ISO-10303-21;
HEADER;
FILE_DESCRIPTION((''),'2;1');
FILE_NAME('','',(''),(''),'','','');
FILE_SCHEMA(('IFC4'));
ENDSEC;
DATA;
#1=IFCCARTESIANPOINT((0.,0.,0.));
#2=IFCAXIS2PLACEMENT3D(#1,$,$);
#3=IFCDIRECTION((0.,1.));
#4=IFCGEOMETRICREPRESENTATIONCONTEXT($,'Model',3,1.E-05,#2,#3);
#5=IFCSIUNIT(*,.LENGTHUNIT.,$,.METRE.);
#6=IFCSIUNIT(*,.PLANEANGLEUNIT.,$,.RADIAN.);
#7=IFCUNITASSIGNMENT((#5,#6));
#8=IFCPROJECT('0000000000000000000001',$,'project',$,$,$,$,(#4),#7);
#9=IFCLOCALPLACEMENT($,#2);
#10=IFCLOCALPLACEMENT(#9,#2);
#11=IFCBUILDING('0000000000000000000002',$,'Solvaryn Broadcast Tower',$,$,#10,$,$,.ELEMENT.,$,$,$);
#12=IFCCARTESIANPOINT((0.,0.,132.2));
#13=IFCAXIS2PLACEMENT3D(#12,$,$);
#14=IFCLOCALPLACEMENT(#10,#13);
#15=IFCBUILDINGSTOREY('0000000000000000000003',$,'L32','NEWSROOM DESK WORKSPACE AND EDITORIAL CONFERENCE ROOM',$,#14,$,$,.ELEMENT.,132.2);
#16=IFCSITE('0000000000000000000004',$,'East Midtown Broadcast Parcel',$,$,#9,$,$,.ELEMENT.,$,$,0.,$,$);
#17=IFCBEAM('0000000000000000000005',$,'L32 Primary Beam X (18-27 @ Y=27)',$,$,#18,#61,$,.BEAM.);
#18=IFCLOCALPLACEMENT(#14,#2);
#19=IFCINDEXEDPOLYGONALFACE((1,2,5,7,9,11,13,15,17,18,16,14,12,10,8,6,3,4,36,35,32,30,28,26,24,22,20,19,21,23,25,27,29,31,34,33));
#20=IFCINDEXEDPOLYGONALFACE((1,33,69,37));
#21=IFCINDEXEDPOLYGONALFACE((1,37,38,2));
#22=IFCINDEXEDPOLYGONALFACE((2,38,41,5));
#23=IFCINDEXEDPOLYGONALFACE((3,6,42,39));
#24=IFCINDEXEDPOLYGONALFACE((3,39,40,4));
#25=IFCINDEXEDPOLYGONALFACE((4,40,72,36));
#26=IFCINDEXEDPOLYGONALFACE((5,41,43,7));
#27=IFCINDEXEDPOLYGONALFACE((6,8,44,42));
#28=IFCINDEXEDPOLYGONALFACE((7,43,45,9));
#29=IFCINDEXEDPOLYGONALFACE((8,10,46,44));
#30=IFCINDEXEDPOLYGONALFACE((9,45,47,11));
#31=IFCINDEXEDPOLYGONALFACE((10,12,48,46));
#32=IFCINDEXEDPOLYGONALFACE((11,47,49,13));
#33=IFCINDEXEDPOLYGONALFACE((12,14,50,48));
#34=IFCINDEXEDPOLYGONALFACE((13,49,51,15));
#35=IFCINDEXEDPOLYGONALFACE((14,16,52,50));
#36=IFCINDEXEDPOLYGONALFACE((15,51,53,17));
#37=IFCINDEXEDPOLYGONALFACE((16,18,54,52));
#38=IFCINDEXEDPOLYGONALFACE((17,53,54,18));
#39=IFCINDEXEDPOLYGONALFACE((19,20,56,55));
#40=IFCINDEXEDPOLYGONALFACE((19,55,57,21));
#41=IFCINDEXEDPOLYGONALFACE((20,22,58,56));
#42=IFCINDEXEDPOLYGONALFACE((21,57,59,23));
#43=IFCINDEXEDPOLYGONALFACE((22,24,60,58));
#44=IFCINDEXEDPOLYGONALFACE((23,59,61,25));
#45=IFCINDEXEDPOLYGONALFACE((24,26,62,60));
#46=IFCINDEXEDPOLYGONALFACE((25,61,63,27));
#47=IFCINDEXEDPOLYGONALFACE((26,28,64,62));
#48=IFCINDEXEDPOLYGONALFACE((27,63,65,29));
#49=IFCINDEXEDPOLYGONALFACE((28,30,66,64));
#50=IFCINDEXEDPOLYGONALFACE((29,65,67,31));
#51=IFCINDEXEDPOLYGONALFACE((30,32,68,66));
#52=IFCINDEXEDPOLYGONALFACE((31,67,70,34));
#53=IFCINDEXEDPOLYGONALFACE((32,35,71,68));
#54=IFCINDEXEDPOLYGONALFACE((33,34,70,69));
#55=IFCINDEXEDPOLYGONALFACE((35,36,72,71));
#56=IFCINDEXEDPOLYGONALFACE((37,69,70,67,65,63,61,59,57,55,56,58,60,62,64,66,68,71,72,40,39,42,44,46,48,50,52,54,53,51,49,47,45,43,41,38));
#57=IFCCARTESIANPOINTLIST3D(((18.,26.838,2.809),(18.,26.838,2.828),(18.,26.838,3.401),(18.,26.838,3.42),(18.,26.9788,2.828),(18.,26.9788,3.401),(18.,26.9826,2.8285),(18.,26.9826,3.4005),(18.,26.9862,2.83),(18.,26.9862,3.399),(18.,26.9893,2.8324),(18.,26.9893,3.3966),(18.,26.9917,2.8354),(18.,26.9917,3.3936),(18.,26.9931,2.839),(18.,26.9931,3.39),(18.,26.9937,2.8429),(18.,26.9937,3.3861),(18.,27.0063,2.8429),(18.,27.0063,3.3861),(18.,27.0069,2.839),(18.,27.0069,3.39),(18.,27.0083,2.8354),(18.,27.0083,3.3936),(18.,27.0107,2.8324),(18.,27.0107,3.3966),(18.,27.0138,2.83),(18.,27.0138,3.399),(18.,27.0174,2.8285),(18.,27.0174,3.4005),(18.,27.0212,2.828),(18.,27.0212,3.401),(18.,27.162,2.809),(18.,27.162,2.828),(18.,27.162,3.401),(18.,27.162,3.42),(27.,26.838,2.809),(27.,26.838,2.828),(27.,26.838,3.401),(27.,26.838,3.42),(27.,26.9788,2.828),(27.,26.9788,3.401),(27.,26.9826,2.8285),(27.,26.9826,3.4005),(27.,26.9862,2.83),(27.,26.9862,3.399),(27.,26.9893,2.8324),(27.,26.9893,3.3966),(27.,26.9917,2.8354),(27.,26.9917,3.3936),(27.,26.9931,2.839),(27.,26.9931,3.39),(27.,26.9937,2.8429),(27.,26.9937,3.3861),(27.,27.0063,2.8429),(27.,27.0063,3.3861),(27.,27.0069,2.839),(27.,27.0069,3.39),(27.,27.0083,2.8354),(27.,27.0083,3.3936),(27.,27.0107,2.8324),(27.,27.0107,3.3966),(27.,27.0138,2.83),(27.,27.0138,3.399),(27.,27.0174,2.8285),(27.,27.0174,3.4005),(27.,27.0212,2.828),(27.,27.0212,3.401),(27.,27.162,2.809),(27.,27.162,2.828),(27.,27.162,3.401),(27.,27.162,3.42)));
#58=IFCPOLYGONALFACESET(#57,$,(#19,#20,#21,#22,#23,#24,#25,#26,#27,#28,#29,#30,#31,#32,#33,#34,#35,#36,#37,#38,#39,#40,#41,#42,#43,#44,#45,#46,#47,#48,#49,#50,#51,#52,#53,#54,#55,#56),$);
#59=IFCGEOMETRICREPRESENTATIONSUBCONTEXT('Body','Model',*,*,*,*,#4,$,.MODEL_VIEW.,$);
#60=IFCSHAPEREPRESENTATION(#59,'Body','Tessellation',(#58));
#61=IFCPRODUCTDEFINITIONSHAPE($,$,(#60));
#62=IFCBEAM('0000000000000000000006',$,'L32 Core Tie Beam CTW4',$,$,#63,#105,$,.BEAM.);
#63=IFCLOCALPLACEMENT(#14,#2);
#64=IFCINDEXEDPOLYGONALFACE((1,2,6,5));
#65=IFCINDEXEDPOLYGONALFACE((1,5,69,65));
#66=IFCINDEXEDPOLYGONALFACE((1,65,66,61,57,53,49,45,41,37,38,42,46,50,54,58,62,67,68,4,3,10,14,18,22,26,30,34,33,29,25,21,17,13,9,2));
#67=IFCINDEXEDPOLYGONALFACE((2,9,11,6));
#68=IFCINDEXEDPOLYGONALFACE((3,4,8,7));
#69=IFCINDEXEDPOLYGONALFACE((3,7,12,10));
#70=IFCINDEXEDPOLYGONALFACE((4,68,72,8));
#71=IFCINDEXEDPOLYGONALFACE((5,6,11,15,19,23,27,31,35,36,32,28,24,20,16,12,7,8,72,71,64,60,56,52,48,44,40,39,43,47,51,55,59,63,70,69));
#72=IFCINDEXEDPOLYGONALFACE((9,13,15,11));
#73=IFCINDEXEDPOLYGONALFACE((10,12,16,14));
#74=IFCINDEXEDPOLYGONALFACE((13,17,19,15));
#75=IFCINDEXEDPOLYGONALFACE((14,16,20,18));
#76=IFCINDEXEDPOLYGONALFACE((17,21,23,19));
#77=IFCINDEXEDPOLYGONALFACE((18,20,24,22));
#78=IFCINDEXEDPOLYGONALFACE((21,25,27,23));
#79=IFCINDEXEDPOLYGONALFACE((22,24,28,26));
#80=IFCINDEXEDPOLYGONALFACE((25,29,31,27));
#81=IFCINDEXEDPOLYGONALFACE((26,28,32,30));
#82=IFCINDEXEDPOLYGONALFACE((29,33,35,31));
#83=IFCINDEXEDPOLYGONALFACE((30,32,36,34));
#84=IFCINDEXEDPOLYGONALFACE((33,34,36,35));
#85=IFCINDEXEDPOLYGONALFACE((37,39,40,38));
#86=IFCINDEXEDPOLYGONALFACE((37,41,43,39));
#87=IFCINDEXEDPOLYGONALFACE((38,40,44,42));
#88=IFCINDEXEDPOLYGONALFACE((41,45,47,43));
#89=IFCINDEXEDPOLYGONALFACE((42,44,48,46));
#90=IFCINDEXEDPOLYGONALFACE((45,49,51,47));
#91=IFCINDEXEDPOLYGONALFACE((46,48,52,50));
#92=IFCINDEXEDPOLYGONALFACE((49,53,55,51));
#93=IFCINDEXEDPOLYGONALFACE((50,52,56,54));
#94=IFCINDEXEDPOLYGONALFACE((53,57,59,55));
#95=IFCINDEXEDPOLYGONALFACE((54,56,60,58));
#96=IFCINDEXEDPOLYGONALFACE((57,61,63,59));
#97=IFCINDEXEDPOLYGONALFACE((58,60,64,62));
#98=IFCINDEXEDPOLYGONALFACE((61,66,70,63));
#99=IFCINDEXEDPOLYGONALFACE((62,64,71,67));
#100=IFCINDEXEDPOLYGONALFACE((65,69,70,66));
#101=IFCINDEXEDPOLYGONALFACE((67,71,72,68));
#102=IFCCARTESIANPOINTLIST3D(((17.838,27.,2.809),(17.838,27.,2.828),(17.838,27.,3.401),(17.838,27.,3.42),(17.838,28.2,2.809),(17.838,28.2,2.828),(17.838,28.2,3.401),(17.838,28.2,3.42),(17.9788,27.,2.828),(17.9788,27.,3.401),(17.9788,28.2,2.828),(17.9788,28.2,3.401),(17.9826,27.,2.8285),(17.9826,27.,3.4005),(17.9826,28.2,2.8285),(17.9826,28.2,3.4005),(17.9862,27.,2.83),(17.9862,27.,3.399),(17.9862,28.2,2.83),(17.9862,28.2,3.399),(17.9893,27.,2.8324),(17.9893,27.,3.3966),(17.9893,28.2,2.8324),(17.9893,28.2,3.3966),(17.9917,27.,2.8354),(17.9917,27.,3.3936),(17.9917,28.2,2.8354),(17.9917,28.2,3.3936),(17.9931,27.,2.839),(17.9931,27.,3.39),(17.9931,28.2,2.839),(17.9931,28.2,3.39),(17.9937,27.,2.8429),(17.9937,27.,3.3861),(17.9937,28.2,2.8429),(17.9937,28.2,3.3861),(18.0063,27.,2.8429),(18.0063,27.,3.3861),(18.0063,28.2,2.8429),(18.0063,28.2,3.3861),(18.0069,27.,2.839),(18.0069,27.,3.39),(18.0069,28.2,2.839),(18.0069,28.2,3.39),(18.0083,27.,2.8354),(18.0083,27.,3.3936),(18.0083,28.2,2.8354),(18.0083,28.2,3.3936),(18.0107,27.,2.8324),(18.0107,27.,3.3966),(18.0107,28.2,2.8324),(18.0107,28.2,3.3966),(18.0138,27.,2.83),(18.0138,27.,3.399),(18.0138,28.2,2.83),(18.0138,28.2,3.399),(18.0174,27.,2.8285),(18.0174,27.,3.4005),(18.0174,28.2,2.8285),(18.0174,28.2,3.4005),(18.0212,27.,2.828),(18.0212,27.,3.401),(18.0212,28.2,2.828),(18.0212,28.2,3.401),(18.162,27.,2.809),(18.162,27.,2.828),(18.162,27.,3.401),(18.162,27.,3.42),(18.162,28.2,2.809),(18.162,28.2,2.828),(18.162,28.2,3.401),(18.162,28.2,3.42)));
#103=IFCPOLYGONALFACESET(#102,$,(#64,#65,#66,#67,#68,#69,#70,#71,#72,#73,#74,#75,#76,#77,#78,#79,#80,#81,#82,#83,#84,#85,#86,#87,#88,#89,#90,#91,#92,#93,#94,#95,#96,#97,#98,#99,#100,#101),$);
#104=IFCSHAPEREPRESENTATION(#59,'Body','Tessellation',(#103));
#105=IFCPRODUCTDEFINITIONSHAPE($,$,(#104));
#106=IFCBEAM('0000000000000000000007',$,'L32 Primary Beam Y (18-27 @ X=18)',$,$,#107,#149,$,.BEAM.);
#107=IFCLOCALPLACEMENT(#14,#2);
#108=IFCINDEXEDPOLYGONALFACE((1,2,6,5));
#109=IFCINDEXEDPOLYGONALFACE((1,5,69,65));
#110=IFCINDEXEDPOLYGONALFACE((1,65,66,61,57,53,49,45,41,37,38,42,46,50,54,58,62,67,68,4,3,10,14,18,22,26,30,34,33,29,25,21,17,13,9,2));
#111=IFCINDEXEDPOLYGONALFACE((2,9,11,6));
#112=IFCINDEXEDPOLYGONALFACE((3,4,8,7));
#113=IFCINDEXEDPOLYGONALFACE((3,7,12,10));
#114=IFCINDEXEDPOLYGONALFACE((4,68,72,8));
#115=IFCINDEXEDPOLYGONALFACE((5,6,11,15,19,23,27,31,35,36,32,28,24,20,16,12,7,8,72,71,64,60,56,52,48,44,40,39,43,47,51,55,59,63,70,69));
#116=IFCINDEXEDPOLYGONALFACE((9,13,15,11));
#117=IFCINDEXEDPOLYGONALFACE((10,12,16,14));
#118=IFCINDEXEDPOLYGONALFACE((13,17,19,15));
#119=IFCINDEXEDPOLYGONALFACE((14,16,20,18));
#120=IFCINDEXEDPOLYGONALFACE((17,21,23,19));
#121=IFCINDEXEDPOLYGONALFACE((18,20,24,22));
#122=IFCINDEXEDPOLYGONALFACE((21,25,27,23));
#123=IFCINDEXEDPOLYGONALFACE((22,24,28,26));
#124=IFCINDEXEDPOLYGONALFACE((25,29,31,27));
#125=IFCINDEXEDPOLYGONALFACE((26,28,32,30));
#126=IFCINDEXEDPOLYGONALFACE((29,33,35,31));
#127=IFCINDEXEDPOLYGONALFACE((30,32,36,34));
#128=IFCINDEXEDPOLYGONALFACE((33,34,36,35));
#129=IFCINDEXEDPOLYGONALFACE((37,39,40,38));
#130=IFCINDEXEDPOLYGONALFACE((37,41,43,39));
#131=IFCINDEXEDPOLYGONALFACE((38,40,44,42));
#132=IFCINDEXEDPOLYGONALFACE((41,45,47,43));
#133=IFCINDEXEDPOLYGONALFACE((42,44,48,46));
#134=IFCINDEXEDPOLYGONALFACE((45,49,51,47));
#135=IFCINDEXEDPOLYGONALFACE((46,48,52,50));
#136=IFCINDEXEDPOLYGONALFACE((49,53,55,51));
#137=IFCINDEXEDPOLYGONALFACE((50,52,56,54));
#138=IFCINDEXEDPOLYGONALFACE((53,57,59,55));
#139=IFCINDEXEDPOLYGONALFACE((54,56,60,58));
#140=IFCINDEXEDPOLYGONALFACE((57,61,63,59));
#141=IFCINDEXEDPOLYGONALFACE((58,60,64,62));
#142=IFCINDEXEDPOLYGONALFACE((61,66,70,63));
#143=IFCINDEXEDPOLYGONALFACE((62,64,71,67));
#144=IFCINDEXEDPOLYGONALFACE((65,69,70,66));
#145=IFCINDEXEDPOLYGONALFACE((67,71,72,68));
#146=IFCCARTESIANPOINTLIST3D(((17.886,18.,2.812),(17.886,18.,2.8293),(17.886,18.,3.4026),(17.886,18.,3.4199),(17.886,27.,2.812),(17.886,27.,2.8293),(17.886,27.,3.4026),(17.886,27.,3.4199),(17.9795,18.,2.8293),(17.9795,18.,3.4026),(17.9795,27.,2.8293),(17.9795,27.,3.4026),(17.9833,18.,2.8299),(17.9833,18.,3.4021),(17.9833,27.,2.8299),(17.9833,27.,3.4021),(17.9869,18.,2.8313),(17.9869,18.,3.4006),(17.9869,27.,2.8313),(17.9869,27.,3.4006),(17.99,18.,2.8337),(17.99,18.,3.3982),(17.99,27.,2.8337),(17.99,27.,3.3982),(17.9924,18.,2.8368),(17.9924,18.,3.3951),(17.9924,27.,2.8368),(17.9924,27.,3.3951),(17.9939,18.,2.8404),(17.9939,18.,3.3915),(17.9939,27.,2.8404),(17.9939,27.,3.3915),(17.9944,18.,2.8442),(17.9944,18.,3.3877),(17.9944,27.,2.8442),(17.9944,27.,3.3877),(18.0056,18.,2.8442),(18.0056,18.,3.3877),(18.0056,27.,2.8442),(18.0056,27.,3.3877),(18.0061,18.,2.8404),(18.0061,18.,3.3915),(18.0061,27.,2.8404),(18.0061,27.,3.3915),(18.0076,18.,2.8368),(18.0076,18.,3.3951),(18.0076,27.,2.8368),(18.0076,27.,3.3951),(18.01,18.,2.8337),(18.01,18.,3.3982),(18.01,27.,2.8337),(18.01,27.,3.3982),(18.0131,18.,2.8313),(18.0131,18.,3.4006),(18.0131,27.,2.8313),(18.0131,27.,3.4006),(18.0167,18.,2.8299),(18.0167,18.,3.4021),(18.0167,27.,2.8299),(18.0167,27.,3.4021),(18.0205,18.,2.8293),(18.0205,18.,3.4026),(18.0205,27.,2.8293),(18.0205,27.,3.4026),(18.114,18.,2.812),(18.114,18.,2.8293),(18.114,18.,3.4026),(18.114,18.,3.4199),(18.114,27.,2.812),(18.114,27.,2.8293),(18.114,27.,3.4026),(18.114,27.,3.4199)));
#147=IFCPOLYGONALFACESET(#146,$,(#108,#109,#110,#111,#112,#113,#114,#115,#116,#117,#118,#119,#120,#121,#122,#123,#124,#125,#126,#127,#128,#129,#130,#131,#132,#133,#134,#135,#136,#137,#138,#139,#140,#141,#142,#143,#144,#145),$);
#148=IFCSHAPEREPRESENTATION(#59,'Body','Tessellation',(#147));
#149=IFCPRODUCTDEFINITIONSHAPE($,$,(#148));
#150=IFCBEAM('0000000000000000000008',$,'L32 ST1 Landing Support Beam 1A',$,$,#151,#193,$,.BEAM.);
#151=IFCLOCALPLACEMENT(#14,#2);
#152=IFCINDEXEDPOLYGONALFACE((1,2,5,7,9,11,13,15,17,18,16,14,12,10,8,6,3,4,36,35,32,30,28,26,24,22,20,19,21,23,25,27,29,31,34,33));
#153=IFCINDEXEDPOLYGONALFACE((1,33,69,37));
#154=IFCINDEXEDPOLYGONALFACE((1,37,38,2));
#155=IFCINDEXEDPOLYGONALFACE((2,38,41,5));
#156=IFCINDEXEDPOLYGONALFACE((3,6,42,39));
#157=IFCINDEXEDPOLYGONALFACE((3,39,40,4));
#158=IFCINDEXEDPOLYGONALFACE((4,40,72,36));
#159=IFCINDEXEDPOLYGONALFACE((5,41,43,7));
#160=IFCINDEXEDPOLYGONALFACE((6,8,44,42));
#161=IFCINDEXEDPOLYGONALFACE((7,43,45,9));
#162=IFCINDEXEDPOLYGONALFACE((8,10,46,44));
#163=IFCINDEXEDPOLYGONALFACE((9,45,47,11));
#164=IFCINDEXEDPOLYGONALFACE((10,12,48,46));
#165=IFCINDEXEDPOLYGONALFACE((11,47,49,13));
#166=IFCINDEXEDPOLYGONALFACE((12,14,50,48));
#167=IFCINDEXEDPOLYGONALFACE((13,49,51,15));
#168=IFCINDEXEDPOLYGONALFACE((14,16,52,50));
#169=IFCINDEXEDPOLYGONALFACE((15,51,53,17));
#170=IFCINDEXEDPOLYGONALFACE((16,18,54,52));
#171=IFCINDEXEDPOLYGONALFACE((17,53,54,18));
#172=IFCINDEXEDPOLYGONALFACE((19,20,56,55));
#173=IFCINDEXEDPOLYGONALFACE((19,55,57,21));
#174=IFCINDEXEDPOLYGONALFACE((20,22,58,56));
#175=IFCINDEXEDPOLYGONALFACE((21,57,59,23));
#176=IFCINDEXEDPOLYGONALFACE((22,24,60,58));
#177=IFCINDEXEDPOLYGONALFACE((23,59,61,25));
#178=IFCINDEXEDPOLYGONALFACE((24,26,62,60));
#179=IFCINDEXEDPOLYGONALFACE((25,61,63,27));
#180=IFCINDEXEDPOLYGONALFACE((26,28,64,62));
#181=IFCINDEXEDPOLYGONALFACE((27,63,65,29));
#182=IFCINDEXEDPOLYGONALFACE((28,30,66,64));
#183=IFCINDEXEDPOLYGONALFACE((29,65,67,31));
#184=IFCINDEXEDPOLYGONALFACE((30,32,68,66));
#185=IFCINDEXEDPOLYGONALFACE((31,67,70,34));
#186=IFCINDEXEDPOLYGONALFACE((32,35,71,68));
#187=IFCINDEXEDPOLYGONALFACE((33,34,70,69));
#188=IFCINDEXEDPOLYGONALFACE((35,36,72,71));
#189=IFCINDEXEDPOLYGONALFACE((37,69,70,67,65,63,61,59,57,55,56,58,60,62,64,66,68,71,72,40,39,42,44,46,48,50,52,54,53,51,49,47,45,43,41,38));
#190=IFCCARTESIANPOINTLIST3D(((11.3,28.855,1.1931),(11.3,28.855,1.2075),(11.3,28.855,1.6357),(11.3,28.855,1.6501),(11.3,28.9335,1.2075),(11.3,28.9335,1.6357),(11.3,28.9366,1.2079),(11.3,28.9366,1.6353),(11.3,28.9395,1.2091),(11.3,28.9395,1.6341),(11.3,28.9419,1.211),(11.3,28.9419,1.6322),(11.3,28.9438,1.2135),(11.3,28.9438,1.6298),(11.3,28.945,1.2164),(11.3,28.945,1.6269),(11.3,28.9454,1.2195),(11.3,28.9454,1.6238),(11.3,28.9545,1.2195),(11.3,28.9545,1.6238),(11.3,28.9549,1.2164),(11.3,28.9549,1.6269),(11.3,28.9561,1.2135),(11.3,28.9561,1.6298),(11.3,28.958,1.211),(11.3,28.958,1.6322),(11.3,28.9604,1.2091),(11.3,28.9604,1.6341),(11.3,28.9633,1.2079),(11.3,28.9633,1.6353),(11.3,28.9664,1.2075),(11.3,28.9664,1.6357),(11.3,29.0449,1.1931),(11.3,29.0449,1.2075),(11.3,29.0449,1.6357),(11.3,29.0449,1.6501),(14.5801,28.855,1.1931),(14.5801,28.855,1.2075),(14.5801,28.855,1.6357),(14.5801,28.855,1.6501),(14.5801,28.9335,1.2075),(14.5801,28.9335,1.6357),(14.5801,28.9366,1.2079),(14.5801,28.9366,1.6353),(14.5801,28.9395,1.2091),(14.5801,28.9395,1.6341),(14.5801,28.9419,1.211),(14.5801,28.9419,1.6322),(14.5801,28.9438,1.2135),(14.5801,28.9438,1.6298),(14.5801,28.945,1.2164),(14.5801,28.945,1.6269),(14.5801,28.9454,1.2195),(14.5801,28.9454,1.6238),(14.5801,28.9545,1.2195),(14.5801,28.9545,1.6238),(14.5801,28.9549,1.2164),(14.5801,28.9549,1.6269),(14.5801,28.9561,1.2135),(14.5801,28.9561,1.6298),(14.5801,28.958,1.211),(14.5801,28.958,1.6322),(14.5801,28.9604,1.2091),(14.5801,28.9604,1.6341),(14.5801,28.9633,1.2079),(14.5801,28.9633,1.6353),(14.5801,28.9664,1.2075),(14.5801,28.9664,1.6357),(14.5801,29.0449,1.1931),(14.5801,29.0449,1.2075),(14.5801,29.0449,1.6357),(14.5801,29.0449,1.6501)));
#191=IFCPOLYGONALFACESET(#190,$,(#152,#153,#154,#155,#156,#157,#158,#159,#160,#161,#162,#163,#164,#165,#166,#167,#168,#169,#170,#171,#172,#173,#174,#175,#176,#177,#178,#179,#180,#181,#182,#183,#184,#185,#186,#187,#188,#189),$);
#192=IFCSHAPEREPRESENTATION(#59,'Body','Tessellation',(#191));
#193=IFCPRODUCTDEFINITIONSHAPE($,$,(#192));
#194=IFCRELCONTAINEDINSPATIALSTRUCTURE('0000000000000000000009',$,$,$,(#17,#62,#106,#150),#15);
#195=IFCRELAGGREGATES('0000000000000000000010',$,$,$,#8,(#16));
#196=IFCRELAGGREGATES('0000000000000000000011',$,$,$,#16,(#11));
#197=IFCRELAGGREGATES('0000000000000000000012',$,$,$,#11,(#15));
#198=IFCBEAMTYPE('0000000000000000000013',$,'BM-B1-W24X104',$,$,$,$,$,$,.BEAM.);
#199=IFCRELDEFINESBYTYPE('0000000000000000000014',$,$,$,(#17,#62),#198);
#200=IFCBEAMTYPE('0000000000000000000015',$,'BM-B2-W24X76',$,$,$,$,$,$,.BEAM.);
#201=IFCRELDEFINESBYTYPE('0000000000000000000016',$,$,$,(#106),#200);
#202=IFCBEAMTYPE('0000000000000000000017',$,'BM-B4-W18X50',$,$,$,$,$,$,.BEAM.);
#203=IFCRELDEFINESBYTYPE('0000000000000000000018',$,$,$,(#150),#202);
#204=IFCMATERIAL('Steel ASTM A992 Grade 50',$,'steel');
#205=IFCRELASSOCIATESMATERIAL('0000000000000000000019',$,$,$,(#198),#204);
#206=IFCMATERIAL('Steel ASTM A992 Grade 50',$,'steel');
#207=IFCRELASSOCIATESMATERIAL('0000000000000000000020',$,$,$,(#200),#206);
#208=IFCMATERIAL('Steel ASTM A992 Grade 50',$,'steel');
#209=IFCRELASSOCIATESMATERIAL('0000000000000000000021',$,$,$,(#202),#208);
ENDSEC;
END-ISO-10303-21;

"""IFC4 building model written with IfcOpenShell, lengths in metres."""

from ifc_helpers import new_model, si_unit, direction, frame, origin, origin_2d, place, context, subcontext, project, spatial, i_section, extrude, material, material_profile, profile_set, type_object, element, save


model = new_model("IFC4")

# Units and contexts
model_context = context("Model", 3, precision=1e-05, world=origin(), true_north=direction((0.0, 1.0)))
body_context = subcontext(model_context, "Body", "Model", "MODEL_VIEW")
ifc_project = project(units=[si_unit("LENGTHUNIT", "METRE"), si_unit("PLANEANGLEUNIT", "RADIAN")], contexts=[model_context])

# Site, building, storey
site_placement = place(None, origin())
site = spatial("IfcSite", under=ifc_project, at=site_placement, Name="East Midtown Broadcast Parcel", CompositionType="ELEMENT", RefElevation=0.0)
building_placement = place(site_placement, origin())
building = spatial("IfcBuilding", under=site, at=building_placement, Name="Solvaryn Broadcast Tower", CompositionType="ELEMENT")
storey_placement = place(building_placement, frame((0.0, 0.0, 132.2)))
storey = spatial("IfcBuildingStorey", under=building, at=storey_placement, Name="L32", Description="NEWSROOM DESK WORKSPACE AND EDITORIAL CONFERENCE ROOM", CompositionType="ELEMENT", Elevation=132.2)

# Beams
ifc_material_1 = material(Name="Steel ASTM A992 Grade 50", Category="steel")
ifc_material_profile_1 = material_profile(ifc_material_1, i_section(OverallWidth=0.324, OverallDepth=0.6111, WebThickness=0.0127, FlangeThickness=0.019, FilletRadius=0.0149, at=origin_2d()))
ifc_profile_set_1 = profile_set([ifc_material_profile_1], Name="Steel ASTM A992 Grade 50")
beam_type_1 = type_object("IfcBeamType", Name="BM-B1-W24X104", PredefinedType="BEAM", material=ifc_profile_set_1)
for number, where, z_axis, x_axis, name in (
    (1, (18.0, 27.0, 3.1145), (1.0, 0.0, 0.0), (0.0, 1.0, 0.0), "L32 Primary Beam X (18-27 @ Y=27)"),
):
    element("IfcBeam", number, at=place(storey_placement, frame(where, z_axis=z_axis, x_axis=x_axis)), inside=storey, type_object=beam_type_1, Name=name, PredefinedType="BEAM", context=body_context, shape_type="SweptSolid", body=[
        extrude(i_section(OverallWidth=0.324, OverallDepth=0.6111, WebThickness=0.0127, FlangeThickness=0.019, FilletRadius=0.0149, at=origin_2d()), origin(), (0.0, 0.0, 1.0), 9.0),
    ])
beam_1_placement = place(storey_placement, frame((18.0, 27.0, 3.1145), z_axis=(0.0, 1.0, 0.0), x_axis=(-1.0, 0.0, 0.0)))
element("IfcBeam", 2, at=beam_1_placement, inside=storey, type_object=beam_type_1, Name="L32 Core Tie Beam CTW4", PredefinedType="BEAM", context=body_context, shape_type="SweptSolid", body=[
    extrude(i_section(OverallWidth=0.324, OverallDepth=0.6111, WebThickness=0.0127, FlangeThickness=0.019, FilletRadius=0.0149, at=origin_2d()), origin(), (0.0, 0.0, 1.0), 1.2),
])
ifc_material_2 = material(Name="Steel ASTM A992 Grade 50", Category="steel")
ifc_material_profile_2 = material_profile(ifc_material_2, i_section(OverallWidth=0.228, OverallDepth=0.6079, WebThickness=0.0112, FlangeThickness=0.0173, FilletRadius=0.0149, at=origin_2d()))
ifc_profile_set_2 = profile_set([ifc_material_profile_2], Name="Steel ASTM A992 Grade 50")
beam_type_2 = type_object("IfcBeamType", Name="BM-B2-W24X76", PredefinedType="BEAM", material=ifc_profile_set_2)
beam_2_placement = place(storey_placement, frame((18.0, 18.0, 3.116), z_axis=(0.0, 1.0, 0.0), x_axis=(-1.0, 0.0, 0.0)))
element("IfcBeam", 3, at=beam_2_placement, inside=storey, type_object=beam_type_2, Name="L32 Primary Beam Y (18-27 @ X=18)", PredefinedType="BEAM", context=body_context, shape_type="SweptSolid", body=[
    extrude(i_section(OverallWidth=0.228, OverallDepth=0.6079, WebThickness=0.0112, FlangeThickness=0.0173, FilletRadius=0.0149, at=origin_2d()), origin(), (0.0, 0.0, 1.0), 9.0),
])
ifc_material_3 = material(Name="Steel ASTM A992 Grade 50", Category="steel")
ifc_material_profile_3 = material_profile(ifc_material_3, i_section(OverallWidth=0.1899, OverallDepth=0.457, WebThickness=0.009, FlangeThickness=0.0144, FilletRadius=0.012, at=origin_2d()))
ifc_profile_set_3 = profile_set([ifc_material_profile_3], Name="Steel ASTM A992 Grade 50")
beam_type_3 = type_object("IfcBeamType", Name="BM-B4-W18X50", PredefinedType="BEAM", material=ifc_profile_set_3)
beam_3_placement = place(storey_placement, frame((11.3, 28.95, 1.4216), z_axis=(1.0, 0.0, 0.0), x_axis=(0.0, 1.0, 0.0)))
element("IfcBeam", 4, at=beam_3_placement, inside=storey, type_object=beam_type_3, Name="L32 ST1 Landing Support Beam 1A", PredefinedType="BEAM", context=body_context, shape_type="SweptSolid", body=[
    extrude(i_section(OverallWidth=0.1899, OverallDepth=0.457, WebThickness=0.009, FlangeThickness=0.0144, FilletRadius=0.012, at=origin_2d()), origin(), (0.0, 0.0, 1.0), 3.28),
])

save(model, "model.ifc")
